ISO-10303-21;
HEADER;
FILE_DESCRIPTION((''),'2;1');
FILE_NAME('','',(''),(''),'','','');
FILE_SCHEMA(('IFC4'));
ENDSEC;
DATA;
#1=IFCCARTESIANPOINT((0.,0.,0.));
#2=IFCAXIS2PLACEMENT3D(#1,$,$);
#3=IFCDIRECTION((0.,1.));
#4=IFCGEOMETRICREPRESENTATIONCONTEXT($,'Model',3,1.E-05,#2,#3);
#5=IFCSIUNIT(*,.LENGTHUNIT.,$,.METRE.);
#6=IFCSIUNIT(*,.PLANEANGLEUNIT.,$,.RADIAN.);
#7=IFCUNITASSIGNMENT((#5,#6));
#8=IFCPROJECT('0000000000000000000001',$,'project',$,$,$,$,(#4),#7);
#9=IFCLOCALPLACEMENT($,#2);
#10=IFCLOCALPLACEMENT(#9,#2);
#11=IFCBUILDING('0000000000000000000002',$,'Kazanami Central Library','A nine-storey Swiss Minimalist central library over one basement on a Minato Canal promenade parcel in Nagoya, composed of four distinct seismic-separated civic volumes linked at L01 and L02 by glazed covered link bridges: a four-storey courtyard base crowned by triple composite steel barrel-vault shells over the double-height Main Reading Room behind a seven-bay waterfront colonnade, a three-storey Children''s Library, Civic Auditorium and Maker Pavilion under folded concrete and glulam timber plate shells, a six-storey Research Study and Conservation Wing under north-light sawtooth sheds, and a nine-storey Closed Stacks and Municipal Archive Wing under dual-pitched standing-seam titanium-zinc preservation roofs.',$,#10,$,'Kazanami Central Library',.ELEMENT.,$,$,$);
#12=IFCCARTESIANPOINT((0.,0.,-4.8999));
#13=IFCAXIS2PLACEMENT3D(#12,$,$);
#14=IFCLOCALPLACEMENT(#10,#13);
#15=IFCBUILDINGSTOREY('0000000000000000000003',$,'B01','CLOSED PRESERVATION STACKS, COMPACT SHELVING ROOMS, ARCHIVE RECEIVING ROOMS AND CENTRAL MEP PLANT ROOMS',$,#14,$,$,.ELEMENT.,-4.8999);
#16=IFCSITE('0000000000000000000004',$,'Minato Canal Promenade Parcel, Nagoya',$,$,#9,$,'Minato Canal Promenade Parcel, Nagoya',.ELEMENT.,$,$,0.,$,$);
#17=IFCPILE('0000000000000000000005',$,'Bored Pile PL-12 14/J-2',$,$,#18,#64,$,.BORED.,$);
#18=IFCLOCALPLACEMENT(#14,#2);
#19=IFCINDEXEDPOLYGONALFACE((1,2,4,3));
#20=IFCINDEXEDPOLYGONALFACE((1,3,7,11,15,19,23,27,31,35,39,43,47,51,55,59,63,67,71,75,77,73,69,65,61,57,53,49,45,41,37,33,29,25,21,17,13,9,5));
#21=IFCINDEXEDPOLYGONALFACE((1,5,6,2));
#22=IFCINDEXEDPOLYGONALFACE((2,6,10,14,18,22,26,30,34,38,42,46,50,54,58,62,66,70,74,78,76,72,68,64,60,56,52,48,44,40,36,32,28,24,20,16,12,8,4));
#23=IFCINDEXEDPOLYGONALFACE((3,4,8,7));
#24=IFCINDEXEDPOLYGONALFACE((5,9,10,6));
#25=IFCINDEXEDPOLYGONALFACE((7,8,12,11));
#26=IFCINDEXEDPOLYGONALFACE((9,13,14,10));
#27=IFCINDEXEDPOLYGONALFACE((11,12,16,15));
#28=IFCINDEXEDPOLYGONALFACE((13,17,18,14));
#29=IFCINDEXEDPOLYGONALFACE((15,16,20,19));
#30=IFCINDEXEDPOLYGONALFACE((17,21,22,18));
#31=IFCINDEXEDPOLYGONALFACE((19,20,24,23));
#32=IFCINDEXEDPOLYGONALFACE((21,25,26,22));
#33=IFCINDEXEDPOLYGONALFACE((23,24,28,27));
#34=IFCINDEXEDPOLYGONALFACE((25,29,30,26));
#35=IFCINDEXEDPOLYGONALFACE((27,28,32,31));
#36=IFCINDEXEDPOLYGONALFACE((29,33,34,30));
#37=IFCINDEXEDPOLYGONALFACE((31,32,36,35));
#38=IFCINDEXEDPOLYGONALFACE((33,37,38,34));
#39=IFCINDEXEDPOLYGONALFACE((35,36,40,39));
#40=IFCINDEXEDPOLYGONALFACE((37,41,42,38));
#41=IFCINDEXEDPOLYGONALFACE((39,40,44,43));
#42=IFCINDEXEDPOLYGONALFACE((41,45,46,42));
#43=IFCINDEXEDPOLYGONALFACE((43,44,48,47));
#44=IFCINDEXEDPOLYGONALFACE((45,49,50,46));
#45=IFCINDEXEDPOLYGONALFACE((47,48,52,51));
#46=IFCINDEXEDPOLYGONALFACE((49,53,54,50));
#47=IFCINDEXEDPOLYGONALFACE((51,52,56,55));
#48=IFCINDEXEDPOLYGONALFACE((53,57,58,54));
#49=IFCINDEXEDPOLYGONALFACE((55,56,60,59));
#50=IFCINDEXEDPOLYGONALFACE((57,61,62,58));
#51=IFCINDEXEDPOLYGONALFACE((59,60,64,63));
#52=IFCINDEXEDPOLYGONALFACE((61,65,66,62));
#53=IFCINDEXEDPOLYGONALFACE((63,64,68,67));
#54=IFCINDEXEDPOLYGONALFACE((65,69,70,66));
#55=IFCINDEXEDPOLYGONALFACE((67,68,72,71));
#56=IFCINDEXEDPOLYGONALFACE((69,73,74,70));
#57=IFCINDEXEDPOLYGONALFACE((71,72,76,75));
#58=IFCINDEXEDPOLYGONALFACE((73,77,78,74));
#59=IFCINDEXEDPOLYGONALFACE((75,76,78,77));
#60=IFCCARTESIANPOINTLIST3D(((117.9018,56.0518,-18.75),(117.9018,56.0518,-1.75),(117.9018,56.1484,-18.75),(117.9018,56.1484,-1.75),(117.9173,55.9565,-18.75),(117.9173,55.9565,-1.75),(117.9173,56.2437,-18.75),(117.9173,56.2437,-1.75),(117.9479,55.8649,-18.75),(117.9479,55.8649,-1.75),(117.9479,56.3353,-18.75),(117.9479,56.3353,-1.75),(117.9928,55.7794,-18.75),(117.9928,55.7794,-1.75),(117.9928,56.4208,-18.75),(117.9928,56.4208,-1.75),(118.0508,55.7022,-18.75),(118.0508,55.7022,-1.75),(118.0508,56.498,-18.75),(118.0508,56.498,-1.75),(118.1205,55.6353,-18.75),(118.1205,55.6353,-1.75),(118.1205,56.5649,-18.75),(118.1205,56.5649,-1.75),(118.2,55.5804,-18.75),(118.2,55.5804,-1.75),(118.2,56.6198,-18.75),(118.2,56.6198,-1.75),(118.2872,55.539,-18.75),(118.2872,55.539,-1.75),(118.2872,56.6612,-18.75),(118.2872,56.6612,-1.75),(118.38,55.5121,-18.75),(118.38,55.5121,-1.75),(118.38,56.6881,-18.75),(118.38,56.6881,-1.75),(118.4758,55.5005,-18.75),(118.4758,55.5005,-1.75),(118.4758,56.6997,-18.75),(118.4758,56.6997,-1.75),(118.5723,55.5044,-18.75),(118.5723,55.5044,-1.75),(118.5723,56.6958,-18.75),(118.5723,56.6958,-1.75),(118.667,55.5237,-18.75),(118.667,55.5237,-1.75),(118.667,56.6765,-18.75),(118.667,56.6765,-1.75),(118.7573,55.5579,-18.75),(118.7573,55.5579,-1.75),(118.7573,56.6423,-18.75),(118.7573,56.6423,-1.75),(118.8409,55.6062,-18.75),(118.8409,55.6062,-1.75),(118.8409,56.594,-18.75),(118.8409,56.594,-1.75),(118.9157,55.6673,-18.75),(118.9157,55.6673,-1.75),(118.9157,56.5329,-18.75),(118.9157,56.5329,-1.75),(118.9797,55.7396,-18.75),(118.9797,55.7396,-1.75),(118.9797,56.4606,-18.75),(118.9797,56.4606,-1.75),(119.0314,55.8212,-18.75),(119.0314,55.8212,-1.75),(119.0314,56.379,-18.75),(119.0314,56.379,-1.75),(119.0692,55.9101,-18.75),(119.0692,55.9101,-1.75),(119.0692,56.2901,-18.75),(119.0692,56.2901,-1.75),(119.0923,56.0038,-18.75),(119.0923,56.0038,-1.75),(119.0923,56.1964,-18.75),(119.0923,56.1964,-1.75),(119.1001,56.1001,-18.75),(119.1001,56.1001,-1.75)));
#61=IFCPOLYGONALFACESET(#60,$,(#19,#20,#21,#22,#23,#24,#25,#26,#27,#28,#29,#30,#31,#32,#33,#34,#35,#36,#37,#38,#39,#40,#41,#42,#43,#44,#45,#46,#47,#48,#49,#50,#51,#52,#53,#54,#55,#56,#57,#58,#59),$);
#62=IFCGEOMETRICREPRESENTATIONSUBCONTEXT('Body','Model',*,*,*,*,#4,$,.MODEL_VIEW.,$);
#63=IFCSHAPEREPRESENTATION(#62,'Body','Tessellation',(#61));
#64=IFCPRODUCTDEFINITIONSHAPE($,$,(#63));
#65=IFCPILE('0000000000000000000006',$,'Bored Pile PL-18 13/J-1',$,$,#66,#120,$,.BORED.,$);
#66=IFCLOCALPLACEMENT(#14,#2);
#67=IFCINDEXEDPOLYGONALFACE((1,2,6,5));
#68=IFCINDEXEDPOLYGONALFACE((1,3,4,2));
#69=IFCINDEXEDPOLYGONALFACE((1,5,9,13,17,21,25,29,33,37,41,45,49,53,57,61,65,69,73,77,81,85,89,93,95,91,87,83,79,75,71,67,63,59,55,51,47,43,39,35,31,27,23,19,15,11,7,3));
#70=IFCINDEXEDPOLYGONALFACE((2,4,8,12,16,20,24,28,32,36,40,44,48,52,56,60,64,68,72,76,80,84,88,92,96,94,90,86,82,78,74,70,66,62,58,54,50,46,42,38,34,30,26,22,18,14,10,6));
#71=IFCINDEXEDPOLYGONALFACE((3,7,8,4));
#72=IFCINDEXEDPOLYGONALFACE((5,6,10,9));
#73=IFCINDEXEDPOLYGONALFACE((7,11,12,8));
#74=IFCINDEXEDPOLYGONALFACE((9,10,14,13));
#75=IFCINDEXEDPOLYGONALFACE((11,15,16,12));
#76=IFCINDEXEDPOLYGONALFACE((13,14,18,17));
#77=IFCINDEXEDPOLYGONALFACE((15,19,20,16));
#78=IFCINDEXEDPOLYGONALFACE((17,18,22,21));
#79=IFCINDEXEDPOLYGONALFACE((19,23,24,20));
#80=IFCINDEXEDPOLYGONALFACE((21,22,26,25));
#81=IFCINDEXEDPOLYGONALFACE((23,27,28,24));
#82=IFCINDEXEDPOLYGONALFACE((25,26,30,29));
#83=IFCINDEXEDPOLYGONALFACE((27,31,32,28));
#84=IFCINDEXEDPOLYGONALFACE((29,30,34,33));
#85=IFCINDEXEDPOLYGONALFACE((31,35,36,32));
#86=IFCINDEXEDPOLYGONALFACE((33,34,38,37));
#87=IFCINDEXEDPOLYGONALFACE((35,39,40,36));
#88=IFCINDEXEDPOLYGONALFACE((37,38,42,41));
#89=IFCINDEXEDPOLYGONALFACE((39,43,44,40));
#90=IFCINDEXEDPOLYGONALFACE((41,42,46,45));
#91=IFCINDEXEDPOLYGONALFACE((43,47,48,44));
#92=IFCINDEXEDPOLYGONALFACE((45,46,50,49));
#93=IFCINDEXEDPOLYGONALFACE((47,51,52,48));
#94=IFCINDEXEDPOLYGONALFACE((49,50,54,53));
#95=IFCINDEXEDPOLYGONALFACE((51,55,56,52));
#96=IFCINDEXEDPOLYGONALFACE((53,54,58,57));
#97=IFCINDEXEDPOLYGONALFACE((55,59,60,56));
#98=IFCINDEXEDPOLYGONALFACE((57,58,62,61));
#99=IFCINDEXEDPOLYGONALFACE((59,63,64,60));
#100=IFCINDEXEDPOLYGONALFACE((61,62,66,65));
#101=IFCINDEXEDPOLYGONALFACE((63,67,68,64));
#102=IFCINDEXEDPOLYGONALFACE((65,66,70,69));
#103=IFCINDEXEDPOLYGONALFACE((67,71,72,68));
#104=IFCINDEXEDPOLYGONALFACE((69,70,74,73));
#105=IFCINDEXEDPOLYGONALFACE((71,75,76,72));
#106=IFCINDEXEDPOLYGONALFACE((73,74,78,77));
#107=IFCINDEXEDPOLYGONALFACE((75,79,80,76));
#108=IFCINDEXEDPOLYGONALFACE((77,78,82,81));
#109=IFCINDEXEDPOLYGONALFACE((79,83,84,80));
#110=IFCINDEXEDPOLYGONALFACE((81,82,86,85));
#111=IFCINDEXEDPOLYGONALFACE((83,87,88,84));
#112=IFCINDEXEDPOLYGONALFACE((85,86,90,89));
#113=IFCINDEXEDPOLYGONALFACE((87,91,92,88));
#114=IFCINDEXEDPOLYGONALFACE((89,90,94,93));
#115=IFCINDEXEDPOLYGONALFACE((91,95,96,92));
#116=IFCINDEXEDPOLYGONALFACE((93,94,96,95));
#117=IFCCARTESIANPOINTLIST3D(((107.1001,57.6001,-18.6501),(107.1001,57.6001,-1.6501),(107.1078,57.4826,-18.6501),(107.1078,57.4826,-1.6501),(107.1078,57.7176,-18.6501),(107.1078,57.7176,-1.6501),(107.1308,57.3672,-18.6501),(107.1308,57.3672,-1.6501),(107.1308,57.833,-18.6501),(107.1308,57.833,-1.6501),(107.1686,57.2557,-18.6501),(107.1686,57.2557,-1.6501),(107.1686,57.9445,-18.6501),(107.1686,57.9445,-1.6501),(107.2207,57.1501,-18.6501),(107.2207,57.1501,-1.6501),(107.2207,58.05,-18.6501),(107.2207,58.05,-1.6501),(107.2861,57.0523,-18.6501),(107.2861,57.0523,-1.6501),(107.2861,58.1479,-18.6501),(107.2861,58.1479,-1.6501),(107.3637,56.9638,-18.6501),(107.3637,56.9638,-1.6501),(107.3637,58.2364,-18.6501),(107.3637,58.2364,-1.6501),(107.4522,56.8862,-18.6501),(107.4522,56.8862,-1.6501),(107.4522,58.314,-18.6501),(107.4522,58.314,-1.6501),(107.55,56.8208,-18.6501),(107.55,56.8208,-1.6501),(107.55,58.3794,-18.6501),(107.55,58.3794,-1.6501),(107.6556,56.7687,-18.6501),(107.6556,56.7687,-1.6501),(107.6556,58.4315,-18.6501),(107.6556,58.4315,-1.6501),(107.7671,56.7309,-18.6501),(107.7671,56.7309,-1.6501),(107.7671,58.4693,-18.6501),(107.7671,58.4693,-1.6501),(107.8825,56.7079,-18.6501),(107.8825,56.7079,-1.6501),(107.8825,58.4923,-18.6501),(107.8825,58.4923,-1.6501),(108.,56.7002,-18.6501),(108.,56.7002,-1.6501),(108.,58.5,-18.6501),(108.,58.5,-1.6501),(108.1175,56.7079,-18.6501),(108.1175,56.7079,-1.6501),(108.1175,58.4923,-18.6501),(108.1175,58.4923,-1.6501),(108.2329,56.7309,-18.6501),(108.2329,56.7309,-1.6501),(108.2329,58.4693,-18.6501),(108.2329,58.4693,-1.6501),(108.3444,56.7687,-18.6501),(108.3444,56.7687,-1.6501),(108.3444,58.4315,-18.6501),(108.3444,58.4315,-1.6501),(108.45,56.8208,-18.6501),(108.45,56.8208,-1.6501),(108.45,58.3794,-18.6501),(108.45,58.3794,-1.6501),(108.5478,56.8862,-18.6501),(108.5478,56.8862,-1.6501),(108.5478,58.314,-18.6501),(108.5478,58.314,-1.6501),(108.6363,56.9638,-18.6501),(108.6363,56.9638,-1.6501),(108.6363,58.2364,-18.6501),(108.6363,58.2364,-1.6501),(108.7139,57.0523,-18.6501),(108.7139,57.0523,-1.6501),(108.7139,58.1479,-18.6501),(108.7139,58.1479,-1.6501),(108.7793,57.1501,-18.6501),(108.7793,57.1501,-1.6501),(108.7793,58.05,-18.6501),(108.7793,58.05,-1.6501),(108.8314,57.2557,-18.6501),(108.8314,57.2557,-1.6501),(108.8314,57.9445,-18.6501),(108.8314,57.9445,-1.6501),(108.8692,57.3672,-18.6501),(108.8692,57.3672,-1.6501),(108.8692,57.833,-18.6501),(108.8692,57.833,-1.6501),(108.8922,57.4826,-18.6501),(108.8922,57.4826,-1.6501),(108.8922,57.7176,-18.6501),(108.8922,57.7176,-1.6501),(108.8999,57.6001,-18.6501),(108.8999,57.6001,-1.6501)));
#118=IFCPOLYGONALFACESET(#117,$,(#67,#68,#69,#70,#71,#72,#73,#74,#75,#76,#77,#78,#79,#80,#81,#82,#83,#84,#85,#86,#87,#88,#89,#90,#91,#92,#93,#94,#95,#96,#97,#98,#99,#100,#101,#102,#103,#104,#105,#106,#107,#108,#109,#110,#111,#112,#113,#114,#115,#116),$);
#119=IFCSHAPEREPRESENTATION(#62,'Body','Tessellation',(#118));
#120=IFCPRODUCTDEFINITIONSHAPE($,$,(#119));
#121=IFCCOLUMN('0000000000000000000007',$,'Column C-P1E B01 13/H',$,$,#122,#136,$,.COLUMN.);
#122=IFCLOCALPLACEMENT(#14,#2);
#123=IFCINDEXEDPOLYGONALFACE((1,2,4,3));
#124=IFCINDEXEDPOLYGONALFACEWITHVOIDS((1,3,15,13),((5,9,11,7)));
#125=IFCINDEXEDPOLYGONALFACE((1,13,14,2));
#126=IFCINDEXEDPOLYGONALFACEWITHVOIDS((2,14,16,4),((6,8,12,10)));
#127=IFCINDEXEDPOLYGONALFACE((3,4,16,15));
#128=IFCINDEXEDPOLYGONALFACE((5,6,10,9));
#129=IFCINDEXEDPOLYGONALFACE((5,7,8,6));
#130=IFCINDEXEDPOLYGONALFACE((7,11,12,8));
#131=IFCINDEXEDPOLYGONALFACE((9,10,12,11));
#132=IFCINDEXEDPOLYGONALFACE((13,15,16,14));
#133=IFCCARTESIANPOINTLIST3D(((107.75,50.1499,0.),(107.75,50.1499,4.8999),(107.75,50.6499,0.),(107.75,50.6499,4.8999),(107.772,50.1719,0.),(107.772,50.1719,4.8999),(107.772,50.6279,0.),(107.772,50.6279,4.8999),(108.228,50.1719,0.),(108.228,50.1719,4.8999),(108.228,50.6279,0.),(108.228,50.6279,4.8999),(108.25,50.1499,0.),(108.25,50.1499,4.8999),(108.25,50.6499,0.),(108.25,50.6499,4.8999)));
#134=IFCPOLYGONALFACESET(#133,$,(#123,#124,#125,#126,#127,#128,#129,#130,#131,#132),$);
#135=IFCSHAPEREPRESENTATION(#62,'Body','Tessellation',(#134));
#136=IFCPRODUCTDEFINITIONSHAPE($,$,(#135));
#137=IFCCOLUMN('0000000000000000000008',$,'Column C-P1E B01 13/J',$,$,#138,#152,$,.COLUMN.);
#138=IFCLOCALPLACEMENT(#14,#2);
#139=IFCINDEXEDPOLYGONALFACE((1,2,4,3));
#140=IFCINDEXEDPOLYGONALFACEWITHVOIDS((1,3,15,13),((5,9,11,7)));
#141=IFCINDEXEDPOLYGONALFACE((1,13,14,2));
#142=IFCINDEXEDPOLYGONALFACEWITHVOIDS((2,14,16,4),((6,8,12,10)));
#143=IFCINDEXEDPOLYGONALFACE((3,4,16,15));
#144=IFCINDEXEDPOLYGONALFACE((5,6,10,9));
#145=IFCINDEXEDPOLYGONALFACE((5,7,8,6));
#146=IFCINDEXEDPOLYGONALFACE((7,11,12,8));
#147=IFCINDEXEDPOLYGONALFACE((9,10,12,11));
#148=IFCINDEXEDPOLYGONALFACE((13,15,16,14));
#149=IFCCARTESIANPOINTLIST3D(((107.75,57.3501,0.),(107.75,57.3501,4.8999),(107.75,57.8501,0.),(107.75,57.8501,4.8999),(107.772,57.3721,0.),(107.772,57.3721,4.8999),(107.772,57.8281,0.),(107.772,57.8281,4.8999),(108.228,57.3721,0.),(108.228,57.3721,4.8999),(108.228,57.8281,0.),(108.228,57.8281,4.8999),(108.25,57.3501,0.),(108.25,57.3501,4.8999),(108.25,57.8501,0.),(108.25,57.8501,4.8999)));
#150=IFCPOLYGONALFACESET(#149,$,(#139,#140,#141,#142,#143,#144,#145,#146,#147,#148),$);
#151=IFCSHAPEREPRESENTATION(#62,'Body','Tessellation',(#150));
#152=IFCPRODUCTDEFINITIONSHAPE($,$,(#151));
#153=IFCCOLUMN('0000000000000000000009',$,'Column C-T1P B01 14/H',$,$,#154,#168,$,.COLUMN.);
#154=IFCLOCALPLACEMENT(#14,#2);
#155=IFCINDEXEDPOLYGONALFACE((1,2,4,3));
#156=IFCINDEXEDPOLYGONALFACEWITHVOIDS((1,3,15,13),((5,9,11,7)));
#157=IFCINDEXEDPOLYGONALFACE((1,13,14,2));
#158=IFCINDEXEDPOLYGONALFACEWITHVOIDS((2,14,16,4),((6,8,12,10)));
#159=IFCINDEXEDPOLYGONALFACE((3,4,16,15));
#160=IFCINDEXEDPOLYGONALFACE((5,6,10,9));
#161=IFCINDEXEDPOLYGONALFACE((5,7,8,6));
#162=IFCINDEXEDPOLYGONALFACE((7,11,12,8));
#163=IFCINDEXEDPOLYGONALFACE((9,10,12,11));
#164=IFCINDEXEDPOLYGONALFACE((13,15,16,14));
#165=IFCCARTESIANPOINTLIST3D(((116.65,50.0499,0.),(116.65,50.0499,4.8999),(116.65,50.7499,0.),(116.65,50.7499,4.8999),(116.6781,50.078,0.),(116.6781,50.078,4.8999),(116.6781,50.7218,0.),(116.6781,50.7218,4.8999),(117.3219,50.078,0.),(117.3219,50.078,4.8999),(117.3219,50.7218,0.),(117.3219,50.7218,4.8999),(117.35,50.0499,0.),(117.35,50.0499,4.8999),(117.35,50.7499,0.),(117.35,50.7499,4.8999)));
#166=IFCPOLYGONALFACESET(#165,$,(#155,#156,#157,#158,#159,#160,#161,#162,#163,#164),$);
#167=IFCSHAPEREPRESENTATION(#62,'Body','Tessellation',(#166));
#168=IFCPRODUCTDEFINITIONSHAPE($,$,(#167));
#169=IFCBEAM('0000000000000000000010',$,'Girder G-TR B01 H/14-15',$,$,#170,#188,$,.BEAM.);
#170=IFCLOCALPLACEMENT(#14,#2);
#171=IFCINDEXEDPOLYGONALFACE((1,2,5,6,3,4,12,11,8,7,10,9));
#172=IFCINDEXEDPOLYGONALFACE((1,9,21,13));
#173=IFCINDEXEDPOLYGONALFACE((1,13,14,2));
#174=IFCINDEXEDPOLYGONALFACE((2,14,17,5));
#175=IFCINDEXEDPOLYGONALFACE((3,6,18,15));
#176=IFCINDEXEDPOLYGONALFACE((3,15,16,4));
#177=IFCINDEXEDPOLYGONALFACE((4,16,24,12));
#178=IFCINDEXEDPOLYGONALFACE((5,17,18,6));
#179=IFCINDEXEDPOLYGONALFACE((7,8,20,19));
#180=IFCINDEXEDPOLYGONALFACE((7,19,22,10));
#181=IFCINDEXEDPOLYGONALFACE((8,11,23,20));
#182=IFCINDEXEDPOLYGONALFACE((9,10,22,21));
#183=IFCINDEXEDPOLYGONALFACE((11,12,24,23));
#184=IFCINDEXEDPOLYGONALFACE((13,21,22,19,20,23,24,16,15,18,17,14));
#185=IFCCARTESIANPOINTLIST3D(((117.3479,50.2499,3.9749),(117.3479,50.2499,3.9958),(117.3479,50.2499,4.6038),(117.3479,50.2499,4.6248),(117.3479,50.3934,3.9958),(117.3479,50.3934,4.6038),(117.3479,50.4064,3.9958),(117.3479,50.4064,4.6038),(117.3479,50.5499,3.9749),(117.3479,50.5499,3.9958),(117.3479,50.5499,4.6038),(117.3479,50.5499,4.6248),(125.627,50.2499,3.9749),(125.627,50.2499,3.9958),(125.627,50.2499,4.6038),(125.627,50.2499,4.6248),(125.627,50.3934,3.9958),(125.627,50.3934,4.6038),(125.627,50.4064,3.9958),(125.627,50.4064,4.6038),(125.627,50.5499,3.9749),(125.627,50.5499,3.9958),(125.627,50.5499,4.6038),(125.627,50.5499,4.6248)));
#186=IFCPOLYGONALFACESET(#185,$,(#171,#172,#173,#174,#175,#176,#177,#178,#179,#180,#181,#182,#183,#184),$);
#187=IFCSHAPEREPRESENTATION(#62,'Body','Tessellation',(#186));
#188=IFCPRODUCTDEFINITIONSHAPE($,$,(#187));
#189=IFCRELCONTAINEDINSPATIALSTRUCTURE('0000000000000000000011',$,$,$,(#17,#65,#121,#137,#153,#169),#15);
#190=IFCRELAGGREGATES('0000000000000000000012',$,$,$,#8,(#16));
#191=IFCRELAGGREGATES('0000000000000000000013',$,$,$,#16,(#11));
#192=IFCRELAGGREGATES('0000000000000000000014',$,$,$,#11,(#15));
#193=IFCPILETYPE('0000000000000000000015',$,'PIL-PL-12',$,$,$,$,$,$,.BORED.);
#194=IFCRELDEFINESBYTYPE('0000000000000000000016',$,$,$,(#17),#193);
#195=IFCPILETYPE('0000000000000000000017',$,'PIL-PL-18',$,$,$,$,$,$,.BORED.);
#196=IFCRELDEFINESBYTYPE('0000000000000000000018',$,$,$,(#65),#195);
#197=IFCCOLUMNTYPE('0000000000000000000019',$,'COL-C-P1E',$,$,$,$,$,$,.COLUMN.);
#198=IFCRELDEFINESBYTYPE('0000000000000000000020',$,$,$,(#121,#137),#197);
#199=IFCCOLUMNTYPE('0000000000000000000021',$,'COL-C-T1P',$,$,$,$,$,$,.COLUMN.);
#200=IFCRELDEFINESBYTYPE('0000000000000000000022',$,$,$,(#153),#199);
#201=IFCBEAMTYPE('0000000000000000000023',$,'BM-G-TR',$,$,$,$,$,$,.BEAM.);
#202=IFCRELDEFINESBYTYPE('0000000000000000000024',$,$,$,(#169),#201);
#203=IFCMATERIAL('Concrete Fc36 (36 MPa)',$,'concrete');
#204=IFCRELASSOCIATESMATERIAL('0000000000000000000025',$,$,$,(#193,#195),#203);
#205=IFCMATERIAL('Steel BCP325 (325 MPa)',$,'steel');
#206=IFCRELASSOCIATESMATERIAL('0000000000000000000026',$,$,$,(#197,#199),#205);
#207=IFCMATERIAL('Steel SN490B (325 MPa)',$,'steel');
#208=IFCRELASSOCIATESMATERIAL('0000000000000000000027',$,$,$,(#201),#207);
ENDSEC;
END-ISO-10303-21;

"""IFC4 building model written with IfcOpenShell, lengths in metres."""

from ifc_helpers import new_model, si_unit, direction, frame, origin, origin_2d, place, context, subcontext, project, spatial, hollow_rectangle, circle, i_section, extrude, material, material_profile, profile_set, type_object, element, save


model = new_model("IFC4")

# Units and contexts
model_context = context("Model", 3, precision=1e-05, world=origin(), true_north=direction((0.0, 1.0)))
body_context = subcontext(model_context, "Body", "Model", "MODEL_VIEW")
ifc_project = project(units=[si_unit("LENGTHUNIT", "METRE"), si_unit("PLANEANGLEUNIT", "RADIAN")], contexts=[model_context])

# Site, building, storey
site_placement = place(None, origin())
site = spatial("IfcSite", under=ifc_project, at=site_placement, Name="Minato Canal Promenade Parcel, Nagoya", LongName="Minato Canal Promenade Parcel, Nagoya", CompositionType="ELEMENT", RefElevation=0.0)
building_placement = place(site_placement, origin())
building = spatial("IfcBuilding", under=site, at=building_placement, Name="Kazanami Central Library", Description="A nine-storey Swiss Minimalist central library over one basement on a Minato Canal promenade parcel in Nagoya, composed of four distinct seismic-separated civic volumes linked at L01 and L02 by glazed covered link bridges: a four-storey courtyard base crowned by triple composite steel barrel-vault shells over the double-height Main Reading Room behind a seven-bay waterfront colonnade, a three-storey Children's Library, Civic Auditorium and Maker Pavilion under folded concrete and glulam timber plate shells, a six-storey Research Study and Conservation Wing under north-light sawtooth sheds, and a nine-storey Closed Stacks and Municipal Archive Wing under dual-pitched standing-seam titanium-zinc preservation roofs.", LongName="Kazanami Central Library", CompositionType="ELEMENT")
storey_placement = place(building_placement, frame((0.0, 0.0, -4.8999)))
storey = spatial("IfcBuildingStorey", under=building, at=storey_placement, Name="B01", Description="CLOSED PRESERVATION STACKS, COMPACT SHELVING ROOMS, ARCHIVE RECEIVING ROOMS AND CENTRAL MEP PLANT ROOMS", CompositionType="ELEMENT", Elevation=-4.8999)

# Shared definitions
ifc_material_1 = material(Name="Concrete Fc36 (36 MPa)", Category="concrete")

# Piles
ifc_material_profile_1 = material_profile(ifc_material_1, circle(Radius=0.6001, at=origin_2d()), Name="BORED-D1200")
ifc_profile_set_1 = profile_set([ifc_material_profile_1], Name="Concrete Fc36 (36 MPa)")
pile_type_1 = type_object("IfcPileType", Name="PIL-PL-12", PredefinedType="BORED", material=ifc_profile_set_1)
for number, where, z_axis, x_axis, name in (
    (1, (118.5, 56.1001, -1.75), (0.0, 0.0, -1.0), (1.0, 0.0, 0.0), "Bored Pile PL-12 14/J-2"),
):
    element("IfcPile", number, at=place(storey_placement, frame(where, z_axis=z_axis, x_axis=x_axis)), inside=storey, type_object=pile_type_1, Name=name, PredefinedType="BORED", context=body_context, shape_type="SweptSolid", body=[
        extrude(circle(Radius=0.6001, at=origin_2d()), origin(), (0.0, 0.0, 1.0), 17.0),
    ])
ifc_material_profile_2 = material_profile(ifc_material_1, circle(Radius=0.8999, at=origin_2d()), Name="BORED-D1800")
ifc_profile_set_2 = profile_set([ifc_material_profile_2], Name="Concrete Fc36 (36 MPa)")
pile_type_2 = type_object("IfcPileType", Name="PIL-PL-18", PredefinedType="BORED", material=ifc_profile_set_2)
pile_placement = place(storey_placement, frame((108.0, 57.6001, -1.6501), z_axis=(0.0, 0.0, -1.0), x_axis=(1.0, 0.0, 0.0)))
element("IfcPile", 2, at=pile_placement, inside=storey, type_object=pile_type_2, Name="Bored Pile PL-18 13/J-1", PredefinedType="BORED", context=body_context, shape_type="SweptSolid", body=[
    extrude(circle(Radius=0.8999, at=origin_2d()), origin(), (0.0, 0.0, 1.0), 17.0),
])

# Columns
ifc_material_2 = material(Name="Steel BCP325 (325 MPa)", Category="steel")
ifc_material_profile_3 = material_profile(ifc_material_2, hollow_rectangle(XDim=0.5, YDim=0.5, WallThickness=0.022, at=origin_2d()), Name="BCP-500x500x22")
ifc_profile_set_3 = profile_set([ifc_material_profile_3], Name="Steel BCP325 (325 MPa)")
column_type_1 = type_object("IfcColumnType", Name="COL-C-P1E", PredefinedType="COLUMN", material=ifc_profile_set_3)
for number, where, z_axis, x_axis, name in (
    (3, (108.0, 50.3999, 0.0), (0.0, 0.0, 1.0), (1.0, 0.0, 0.0), "Column C-P1E B01 13/H"),
    (4, (108.0, 57.6001, 0.0), (0.0, 0.0, 1.0), (1.0, 0.0, 0.0), "Column C-P1E B01 13/J"),
):
    element("IfcColumn", number, at=place(storey_placement, frame(where, z_axis=z_axis, x_axis=x_axis)), inside=storey, type_object=column_type_1, Name=name, PredefinedType="COLUMN", context=body_context, shape_type="SweptSolid", body=[
        extrude(hollow_rectangle(XDim=0.5, YDim=0.5, WallThickness=0.022, at=origin_2d()), origin(), (0.0, 0.0, 1.0), 4.8999),
    ])
ifc_material_profile_4 = material_profile(ifc_material_2, hollow_rectangle(XDim=0.7, YDim=0.7, WallThickness=0.0281, at=origin_2d()), Name="BCP-700x700x28")
ifc_profile_set_4 = profile_set([ifc_material_profile_4], Name="Steel BCP325 (325 MPa)")
column_type_2 = type_object("IfcColumnType", Name="COL-C-T1P", PredefinedType="COLUMN", material=ifc_profile_set_4)
column_placement = place(storey_placement, frame((117.0, 50.3999, 0.0), z_axis=(0.0, 0.0, 1.0), x_axis=(1.0, 0.0, 0.0)))
element("IfcColumn", 5, at=column_placement, inside=storey, type_object=column_type_2, Name="Column C-T1P B01 14/H", PredefinedType="COLUMN", context=body_context, shape_type="SweptSolid", body=[
    extrude(hollow_rectangle(XDim=0.7, YDim=0.7, WallThickness=0.0281, at=origin_2d()), origin(), (0.0, 0.0, 1.0), 4.8999),
])

# Beam
ifc_material_3 = material(Name="Steel SN490B (325 MPa)", Category="steel")
ifc_material_profile_5 = material_profile(ifc_material_3, i_section(OverallWidth=0.3, OverallDepth=0.6499, WebThickness=0.0129, FlangeThickness=0.021, at=origin_2d()), Name="H-650x300x13x21")
ifc_profile_set_5 = profile_set([ifc_material_profile_5], Name="Steel SN490B (325 MPa)")
beam_type_1 = type_object("IfcBeamType", Name="BM-G-TR", PredefinedType="BEAM", material=ifc_profile_set_5)
beam_1_placement = place(storey_placement, frame((117.3479, 50.3999, 4.2998), z_axis=(1.0, 0.0, 0.0), x_axis=(0.0, 1.0, 0.0)))
element("IfcBeam", 6, at=beam_1_placement, inside=storey, type_object=beam_type_1, Name="Girder G-TR B01 H/14-15", PredefinedType="BEAM", context=body_context, shape_type="SweptSolid", body=[
    extrude(i_section(OverallWidth=0.3, OverallDepth=0.6499, WebThickness=0.0129, FlangeThickness=0.021, at=origin_2d()), origin(), (0.0, 0.0, 1.0), 8.2791),
])

save(model, "model.ifc")
